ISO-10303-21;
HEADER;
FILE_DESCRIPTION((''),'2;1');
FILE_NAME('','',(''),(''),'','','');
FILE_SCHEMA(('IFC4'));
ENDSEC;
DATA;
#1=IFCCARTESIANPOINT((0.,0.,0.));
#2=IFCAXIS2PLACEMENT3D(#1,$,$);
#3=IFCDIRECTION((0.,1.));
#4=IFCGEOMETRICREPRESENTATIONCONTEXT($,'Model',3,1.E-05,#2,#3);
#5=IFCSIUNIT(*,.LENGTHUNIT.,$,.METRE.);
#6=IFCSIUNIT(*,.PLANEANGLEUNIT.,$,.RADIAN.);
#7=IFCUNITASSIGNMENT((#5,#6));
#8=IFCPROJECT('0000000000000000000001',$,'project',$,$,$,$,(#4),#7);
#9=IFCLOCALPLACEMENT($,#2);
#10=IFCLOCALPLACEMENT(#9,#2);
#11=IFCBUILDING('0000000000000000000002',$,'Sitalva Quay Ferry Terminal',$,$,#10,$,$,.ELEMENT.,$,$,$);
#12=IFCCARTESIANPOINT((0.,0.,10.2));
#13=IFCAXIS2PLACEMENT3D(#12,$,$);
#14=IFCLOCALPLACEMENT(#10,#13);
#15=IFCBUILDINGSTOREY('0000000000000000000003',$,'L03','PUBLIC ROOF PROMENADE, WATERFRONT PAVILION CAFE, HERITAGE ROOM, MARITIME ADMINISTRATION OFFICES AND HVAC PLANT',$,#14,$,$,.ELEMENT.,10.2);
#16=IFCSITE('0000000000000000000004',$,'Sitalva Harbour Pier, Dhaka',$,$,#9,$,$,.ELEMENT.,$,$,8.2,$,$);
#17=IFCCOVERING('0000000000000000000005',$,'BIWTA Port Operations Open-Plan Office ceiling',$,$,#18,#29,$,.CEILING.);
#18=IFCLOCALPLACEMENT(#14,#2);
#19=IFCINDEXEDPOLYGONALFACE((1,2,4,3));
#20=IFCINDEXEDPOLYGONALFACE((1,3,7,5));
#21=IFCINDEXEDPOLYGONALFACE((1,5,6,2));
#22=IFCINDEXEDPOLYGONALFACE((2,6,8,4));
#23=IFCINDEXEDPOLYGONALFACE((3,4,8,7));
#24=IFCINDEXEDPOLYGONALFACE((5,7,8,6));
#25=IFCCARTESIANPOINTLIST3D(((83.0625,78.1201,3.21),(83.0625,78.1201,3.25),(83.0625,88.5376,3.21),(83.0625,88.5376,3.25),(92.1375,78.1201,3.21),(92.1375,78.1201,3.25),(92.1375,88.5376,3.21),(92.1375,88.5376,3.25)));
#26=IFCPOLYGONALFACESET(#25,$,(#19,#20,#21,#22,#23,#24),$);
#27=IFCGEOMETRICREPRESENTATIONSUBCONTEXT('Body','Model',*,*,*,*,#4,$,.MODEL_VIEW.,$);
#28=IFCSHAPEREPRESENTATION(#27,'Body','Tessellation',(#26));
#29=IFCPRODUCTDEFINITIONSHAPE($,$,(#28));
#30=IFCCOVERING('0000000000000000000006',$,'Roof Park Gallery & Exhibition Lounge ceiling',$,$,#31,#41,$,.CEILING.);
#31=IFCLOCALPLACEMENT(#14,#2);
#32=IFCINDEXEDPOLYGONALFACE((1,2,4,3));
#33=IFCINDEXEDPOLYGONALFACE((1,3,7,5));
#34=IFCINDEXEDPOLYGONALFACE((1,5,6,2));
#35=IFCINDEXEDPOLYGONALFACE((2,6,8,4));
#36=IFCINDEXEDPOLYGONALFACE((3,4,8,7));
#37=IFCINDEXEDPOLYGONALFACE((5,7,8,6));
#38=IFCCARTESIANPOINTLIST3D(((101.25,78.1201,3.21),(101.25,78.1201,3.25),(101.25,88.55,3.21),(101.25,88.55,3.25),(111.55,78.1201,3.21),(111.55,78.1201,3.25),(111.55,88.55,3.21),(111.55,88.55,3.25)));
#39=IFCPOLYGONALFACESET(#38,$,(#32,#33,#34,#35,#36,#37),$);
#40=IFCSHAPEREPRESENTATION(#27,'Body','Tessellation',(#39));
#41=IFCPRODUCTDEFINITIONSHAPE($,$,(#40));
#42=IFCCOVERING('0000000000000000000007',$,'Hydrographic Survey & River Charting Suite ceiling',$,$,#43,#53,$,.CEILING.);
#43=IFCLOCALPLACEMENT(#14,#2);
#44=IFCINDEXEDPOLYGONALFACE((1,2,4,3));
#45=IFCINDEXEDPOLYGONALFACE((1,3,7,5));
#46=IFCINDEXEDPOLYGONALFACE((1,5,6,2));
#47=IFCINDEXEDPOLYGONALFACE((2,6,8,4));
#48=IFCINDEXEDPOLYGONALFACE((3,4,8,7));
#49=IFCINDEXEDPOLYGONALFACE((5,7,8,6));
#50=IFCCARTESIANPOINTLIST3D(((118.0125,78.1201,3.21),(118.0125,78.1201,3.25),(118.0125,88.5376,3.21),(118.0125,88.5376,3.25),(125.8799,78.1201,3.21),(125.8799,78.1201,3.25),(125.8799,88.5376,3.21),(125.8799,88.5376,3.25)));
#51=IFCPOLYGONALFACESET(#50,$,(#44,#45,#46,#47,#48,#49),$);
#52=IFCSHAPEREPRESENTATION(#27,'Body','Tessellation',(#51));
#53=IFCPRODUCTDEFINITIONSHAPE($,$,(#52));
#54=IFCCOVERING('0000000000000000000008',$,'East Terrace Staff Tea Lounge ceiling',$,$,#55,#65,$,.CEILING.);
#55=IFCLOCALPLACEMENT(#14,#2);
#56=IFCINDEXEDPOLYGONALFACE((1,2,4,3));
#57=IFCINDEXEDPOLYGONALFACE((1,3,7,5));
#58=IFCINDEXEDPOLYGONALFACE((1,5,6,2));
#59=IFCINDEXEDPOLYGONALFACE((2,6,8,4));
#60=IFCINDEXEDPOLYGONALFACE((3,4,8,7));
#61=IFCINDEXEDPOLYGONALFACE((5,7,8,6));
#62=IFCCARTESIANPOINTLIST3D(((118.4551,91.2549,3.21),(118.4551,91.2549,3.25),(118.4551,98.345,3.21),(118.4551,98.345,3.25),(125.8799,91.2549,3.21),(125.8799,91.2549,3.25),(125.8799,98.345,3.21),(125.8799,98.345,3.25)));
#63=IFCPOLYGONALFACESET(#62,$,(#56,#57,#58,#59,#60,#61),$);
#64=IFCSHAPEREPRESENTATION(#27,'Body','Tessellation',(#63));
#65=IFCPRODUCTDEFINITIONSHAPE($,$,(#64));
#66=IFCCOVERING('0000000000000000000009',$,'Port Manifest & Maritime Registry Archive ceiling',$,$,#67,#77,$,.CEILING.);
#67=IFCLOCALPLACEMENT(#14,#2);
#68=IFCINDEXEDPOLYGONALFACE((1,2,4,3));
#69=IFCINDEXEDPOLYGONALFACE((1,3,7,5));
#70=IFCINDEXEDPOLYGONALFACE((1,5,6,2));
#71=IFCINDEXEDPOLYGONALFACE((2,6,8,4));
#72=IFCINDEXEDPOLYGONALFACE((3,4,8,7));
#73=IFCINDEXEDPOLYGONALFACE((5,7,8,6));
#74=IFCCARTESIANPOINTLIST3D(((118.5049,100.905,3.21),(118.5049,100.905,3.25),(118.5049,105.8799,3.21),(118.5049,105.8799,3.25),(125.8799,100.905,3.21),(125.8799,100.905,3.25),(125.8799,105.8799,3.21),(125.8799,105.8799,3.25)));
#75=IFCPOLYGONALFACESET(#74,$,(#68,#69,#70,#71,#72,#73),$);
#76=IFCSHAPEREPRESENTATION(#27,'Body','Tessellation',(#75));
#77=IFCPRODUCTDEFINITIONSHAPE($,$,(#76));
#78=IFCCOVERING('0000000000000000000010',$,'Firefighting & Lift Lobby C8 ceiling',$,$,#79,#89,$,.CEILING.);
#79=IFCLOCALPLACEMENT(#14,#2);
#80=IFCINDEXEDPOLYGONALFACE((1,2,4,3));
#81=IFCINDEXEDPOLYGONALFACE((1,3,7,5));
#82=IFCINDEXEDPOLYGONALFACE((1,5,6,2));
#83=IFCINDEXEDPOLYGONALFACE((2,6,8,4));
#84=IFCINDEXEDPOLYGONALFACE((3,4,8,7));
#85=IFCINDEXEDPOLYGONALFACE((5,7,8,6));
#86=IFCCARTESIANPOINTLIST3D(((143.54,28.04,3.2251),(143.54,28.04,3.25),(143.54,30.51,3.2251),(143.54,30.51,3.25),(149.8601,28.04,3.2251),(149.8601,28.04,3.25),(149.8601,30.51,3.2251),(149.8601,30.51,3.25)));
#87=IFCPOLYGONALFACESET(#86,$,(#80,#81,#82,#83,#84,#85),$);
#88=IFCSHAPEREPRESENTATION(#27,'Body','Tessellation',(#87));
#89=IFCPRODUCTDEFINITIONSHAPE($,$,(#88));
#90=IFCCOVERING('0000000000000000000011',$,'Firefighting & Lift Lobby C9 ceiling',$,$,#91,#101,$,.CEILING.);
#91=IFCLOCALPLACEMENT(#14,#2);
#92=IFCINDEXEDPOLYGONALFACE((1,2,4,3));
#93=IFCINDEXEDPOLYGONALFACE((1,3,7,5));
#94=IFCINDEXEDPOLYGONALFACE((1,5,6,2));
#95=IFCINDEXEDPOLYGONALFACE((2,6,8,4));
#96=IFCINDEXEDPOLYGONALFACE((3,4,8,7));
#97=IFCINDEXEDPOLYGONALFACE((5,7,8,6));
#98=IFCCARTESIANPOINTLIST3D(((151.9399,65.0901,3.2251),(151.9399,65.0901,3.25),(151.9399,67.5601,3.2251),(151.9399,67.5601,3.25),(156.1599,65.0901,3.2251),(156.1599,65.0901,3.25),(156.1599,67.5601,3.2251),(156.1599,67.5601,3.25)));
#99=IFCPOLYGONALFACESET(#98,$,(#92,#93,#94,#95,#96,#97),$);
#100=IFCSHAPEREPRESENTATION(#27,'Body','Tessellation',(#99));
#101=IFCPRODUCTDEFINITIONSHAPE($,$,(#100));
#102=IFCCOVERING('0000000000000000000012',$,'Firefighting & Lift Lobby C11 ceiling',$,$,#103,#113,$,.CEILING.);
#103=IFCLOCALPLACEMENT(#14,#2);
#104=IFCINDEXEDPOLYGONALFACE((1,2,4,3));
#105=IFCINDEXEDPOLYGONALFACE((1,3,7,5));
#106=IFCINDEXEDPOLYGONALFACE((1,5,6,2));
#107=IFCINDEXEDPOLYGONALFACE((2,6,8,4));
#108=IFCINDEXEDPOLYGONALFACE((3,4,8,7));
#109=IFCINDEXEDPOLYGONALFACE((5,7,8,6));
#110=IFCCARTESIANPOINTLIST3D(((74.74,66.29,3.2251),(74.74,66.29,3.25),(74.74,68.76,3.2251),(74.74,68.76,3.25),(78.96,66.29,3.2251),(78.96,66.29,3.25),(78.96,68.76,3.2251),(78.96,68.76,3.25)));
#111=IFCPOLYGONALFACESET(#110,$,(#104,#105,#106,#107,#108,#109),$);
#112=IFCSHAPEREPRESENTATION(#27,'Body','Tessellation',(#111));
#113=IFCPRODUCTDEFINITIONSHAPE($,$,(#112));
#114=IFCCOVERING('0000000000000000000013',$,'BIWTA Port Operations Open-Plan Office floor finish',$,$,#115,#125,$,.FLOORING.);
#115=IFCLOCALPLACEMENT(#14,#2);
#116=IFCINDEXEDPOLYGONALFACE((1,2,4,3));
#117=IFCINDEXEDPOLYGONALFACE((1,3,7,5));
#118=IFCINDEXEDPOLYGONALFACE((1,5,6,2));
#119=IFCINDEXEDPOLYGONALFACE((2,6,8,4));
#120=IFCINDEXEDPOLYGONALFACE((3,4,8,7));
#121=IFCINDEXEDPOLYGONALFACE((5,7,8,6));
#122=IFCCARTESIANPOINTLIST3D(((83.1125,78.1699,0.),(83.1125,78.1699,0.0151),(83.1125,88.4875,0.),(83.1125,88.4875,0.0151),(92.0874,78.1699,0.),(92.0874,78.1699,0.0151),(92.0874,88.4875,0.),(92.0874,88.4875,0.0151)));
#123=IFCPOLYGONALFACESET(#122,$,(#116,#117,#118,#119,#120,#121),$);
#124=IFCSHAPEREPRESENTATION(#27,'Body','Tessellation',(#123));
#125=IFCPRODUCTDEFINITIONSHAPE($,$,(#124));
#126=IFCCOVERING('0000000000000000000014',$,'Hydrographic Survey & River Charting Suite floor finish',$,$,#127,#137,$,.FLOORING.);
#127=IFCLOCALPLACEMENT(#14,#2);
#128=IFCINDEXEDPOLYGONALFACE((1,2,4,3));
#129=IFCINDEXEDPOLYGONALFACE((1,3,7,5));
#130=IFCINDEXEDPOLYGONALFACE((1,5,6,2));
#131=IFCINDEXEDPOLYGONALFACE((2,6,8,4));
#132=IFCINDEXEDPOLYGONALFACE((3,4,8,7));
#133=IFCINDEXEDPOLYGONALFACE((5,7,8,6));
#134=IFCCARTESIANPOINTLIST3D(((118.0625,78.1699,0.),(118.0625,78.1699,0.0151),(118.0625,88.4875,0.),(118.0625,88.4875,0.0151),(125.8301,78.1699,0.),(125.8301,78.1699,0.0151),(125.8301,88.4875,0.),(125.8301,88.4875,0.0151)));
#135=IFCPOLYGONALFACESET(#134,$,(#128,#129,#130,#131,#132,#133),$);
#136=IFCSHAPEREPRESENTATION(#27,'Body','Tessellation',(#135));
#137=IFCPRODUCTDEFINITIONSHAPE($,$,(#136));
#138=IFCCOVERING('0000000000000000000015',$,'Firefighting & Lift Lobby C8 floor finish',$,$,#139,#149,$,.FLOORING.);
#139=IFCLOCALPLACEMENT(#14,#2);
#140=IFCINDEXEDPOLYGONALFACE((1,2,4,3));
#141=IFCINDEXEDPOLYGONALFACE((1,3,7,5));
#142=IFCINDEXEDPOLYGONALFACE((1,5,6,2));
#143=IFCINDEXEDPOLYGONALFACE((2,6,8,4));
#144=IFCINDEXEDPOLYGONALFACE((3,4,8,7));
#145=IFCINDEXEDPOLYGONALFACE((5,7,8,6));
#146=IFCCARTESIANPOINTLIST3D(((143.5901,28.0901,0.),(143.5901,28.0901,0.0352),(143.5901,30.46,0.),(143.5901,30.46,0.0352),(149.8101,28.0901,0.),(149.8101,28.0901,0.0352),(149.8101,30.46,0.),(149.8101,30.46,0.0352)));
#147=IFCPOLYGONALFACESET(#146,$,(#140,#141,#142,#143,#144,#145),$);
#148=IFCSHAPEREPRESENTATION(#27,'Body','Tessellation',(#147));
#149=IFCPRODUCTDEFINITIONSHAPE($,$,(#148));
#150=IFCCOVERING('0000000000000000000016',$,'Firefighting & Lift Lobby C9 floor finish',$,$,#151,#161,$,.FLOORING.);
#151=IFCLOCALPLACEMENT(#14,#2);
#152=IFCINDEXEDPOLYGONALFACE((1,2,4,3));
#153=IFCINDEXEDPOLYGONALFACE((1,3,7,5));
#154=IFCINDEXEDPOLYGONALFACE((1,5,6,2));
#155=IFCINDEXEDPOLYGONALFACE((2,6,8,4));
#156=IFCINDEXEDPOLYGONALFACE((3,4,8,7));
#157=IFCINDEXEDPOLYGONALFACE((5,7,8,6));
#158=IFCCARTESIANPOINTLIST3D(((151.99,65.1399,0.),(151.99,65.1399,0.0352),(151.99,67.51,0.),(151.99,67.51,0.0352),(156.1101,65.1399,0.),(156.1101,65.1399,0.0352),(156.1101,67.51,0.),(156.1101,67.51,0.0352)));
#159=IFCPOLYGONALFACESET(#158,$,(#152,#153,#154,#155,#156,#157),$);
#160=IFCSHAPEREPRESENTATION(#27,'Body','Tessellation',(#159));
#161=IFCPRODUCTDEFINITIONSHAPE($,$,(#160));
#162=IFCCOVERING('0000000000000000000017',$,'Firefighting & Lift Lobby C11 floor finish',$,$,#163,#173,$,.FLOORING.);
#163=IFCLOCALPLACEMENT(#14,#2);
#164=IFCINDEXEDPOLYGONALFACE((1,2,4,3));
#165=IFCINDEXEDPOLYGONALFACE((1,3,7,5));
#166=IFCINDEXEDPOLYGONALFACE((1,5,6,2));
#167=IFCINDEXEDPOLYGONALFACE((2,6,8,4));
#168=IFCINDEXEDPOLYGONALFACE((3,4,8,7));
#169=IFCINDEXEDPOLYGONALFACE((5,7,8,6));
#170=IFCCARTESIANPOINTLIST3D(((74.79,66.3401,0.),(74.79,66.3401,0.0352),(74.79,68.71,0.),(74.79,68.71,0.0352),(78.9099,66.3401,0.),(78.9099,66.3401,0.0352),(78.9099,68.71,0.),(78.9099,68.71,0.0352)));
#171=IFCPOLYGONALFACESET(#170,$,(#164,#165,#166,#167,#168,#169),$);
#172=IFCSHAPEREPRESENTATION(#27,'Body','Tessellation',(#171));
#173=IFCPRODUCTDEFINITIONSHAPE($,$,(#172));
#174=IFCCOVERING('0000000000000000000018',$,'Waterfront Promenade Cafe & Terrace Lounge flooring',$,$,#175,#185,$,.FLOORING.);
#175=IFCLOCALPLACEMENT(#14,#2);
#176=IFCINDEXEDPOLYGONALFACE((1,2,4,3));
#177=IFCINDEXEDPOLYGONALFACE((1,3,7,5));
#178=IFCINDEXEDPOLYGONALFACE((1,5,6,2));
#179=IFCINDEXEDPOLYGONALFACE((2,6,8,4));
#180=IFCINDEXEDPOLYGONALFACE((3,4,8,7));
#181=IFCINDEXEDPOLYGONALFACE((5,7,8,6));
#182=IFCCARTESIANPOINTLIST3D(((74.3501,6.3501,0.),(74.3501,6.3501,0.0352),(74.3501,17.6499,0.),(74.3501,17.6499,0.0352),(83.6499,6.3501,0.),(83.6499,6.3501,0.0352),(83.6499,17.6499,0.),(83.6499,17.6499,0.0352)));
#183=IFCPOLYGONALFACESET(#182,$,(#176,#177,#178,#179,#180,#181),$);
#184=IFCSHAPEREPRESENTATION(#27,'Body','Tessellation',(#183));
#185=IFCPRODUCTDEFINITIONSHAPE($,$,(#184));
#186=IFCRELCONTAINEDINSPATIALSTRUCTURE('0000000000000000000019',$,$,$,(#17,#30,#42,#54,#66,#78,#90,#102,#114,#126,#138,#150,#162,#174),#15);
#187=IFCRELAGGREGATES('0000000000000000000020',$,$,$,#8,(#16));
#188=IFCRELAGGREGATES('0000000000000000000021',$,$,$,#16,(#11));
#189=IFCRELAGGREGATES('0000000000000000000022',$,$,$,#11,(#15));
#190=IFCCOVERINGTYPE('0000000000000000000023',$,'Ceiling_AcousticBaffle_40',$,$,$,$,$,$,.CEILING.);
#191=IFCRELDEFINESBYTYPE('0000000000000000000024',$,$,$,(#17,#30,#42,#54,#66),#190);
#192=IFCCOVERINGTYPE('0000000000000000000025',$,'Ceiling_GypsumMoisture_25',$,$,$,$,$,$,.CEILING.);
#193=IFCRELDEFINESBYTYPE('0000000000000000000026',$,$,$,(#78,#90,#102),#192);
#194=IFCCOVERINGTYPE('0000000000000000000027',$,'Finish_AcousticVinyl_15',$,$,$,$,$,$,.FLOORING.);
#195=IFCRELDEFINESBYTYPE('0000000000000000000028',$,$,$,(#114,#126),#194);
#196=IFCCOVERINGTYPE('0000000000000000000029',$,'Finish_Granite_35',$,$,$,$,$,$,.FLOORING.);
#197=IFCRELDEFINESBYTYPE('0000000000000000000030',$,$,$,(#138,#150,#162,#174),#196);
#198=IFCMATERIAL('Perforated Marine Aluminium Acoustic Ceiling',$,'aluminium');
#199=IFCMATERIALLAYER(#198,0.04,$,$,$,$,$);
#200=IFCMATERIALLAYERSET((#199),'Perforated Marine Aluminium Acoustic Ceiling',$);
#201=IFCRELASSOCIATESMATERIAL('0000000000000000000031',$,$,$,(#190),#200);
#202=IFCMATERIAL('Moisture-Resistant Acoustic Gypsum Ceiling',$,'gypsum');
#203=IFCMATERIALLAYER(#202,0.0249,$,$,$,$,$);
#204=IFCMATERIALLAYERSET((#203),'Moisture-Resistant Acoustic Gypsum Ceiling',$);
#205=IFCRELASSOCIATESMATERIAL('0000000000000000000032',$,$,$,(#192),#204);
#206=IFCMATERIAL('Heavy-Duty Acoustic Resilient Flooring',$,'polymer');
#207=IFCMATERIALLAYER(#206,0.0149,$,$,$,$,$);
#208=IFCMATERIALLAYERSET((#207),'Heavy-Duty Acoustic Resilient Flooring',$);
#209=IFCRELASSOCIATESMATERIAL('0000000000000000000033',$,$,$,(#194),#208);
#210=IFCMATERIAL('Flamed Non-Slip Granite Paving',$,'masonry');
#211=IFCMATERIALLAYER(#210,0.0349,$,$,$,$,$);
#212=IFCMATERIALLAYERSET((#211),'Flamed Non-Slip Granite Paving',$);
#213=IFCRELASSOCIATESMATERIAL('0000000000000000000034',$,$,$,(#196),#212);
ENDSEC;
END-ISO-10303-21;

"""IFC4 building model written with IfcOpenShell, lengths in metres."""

from ifc_helpers import new_model, si_unit, direction, frame, origin, place, context, subcontext, project, spatial, polyline, outline, extrude, material, layer, layer_set, type_object, element, save


model = new_model("IFC4")

# Units and contexts
model_context = context("Model", 3, precision=1e-05, world=origin(), true_north=direction((0.0, 1.0)))
body_context = subcontext(model_context, "Body", "Model", "MODEL_VIEW")
ifc_project = project(units=[si_unit("LENGTHUNIT", "METRE"), si_unit("PLANEANGLEUNIT", "RADIAN")], contexts=[model_context])

# Site, building, storey
site_placement = place(None, origin())
site = spatial("IfcSite", under=ifc_project, at=site_placement, Name="Sitalva Harbour Pier, Dhaka", CompositionType="ELEMENT", RefElevation=8.2)
building_placement = place(site_placement, origin())
building = spatial("IfcBuilding", under=site, at=building_placement, Name="Sitalva Quay Ferry Terminal", CompositionType="ELEMENT")
storey_placement = place(building_placement, frame((0.0, 0.0, 10.2)))
storey = spatial("IfcBuildingStorey", under=building, at=storey_placement, Name="L03", Description="PUBLIC ROOF PROMENADE, WATERFRONT PAVILION CAFE, HERITAGE ROOM, MARITIME ADMINISTRATION OFFICES AND HVAC PLANT", CompositionType="ELEMENT", Elevation=10.2)

# Coverings
ifc_material_1 = material(Name="Perforated Marine Aluminium Acoustic Ceiling", Category="aluminium")
ifc_layer_1 = layer(ifc_material_1, 0.04)
ifc_layer_set_1 = layer_set([ifc_layer_1], Name="Perforated Marine Aluminium Acoustic Ceiling")
covering_type_1 = type_object("IfcCoveringType", Name="Ceiling_AcousticBaffle_40", PredefinedType="CEILING", material=ifc_layer_set_1)
covering_1_placement = place(storey_placement, frame((0.0, 0.0, 3.21)))
element("IfcCovering", 1, at=covering_1_placement, inside=storey, type_object=covering_type_1, Name="BIWTA Port Operations Open-Plan Office ceiling", PredefinedType="CEILING", context=body_context, shape_type="SweptSolid", body=[
    extrude(outline(polyline([(83.0625, 78.1201), (92.1375, 78.1201), (92.1375, 88.5376), (83.0625, 88.5376), (83.0625, 78.1201)])), origin(), (0.0, 0.0, 1.0), 0.04),
])
covering_2_placement = place(storey_placement, frame((0.0, 0.0, 3.21)))
element("IfcCovering", 2, at=covering_2_placement, inside=storey, type_object=covering_type_1, Name="Roof Park Gallery & Exhibition Lounge ceiling", PredefinedType="CEILING", context=body_context, shape_type="SweptSolid", body=[
    extrude(outline(polyline([(101.25, 78.1201), (111.55, 78.1201), (111.55, 88.55), (101.25, 88.55), (101.25, 78.1201)])), origin(), (0.0, 0.0, 1.0), 0.04),
])
covering_3_placement = place(storey_placement, frame((0.0, 0.0, 3.21)))
element("IfcCovering", 3, at=covering_3_placement, inside=storey, type_object=covering_type_1, Name="Hydrographic Survey & River Charting Suite ceiling", PredefinedType="CEILING", context=body_context, shape_type="SweptSolid", body=[
    extrude(outline(polyline([(118.0125, 78.1201), (125.8799, 78.1201), (125.8799, 88.5376), (118.0125, 88.5376), (118.0125, 78.1201)])), origin(), (0.0, 0.0, 1.0), 0.04),
])
covering_4_placement = place(storey_placement, frame((0.0, 0.0, 3.21)))
element("IfcCovering", 4, at=covering_4_placement, inside=storey, type_object=covering_type_1, Name="East Terrace Staff Tea Lounge ceiling", PredefinedType="CEILING", context=body_context, shape_type="SweptSolid", body=[
    extrude(outline(polyline([(118.4551, 91.2549), (125.8799, 91.2549), (125.8799, 98.345), (118.4551, 98.345), (118.4551, 91.2549)])), origin(), (0.0, 0.0, 1.0), 0.04),
])
covering_5_placement = place(storey_placement, frame((0.0, 0.0, 3.21)))
element("IfcCovering", 5, at=covering_5_placement, inside=storey, type_object=covering_type_1, Name="Port Manifest & Maritime Registry Archive ceiling", PredefinedType="CEILING", context=body_context, shape_type="SweptSolid", body=[
    extrude(outline(polyline([(118.5049, 100.905), (125.8799, 100.905), (125.8799, 105.8799), (118.5049, 105.8799), (118.5049, 100.905)])), origin(), (0.0, 0.0, 1.0), 0.04),
])
ifc_material_2 = material(Name="Moisture-Resistant Acoustic Gypsum Ceiling", Category="gypsum")
ifc_layer_2 = layer(ifc_material_2, 0.0249)
ifc_layer_set_2 = layer_set([ifc_layer_2], Name="Moisture-Resistant Acoustic Gypsum Ceiling")
covering_type_2 = type_object("IfcCoveringType", Name="Ceiling_GypsumMoisture_25", PredefinedType="CEILING", material=ifc_layer_set_2)
covering_6_placement = place(storey_placement, frame((0.0, 0.0, 3.2251)))
element("IfcCovering", 6, at=covering_6_placement, inside=storey, type_object=covering_type_2, Name="Firefighting & Lift Lobby C8 ceiling", PredefinedType="CEILING", context=body_context, shape_type="SweptSolid", body=[
    extrude(outline(polyline([(143.54, 28.04), (149.8601, 28.04), (149.8601, 30.51), (143.54, 30.51), (143.54, 28.04)])), origin(), (0.0, 0.0, 1.0), 0.0249),
])
covering_7_placement = place(storey_placement, frame((0.0, 0.0, 3.2251)))
element("IfcCovering", 7, at=covering_7_placement, inside=storey, type_object=covering_type_2, Name="Firefighting & Lift Lobby C9 ceiling", PredefinedType="CEILING", context=body_context, shape_type="SweptSolid", body=[
    extrude(outline(polyline([(151.9399, 65.0901), (156.1599, 65.0901), (156.1599, 67.5601), (151.9399, 67.5601), (151.9399, 65.0901)])), origin(), (0.0, 0.0, 1.0), 0.0249),
])
covering_8_placement = place(storey_placement, frame((0.0, 0.0, 3.2251)))
element("IfcCovering", 8, at=covering_8_placement, inside=storey, type_object=covering_type_2, Name="Firefighting & Lift Lobby C11 ceiling", PredefinedType="CEILING", context=body_context, shape_type="SweptSolid", body=[
    extrude(outline(polyline([(74.74, 66.29), (78.96, 66.29), (78.96, 68.76), (74.74, 68.76), (74.74, 66.29)])), origin(), (0.0, 0.0, 1.0), 0.0249),
])
ifc_material_3 = material(Name="Heavy-Duty Acoustic Resilient Flooring", Category="polymer")
ifc_layer_3 = layer(ifc_material_3, 0.0149)
ifc_layer_set_3 = layer_set([ifc_layer_3], Name="Heavy-Duty Acoustic Resilient Flooring")
covering_type_3 = type_object("IfcCoveringType", Name="Finish_AcousticVinyl_15", PredefinedType="FLOORING", material=ifc_layer_set_3)
covering_9_placement = place(storey_placement, origin())
element("IfcCovering", 9, at=covering_9_placement, inside=storey, type_object=covering_type_3, Name="BIWTA Port Operations Open-Plan Office floor finish", PredefinedType="FLOORING", context=body_context, shape_type="SweptSolid", body=[
    extrude(outline(polyline([(83.1125, 78.1699), (92.0874, 78.1699), (92.0874, 88.4875), (83.1125, 88.4875), (83.1125, 78.1699)])), origin(), (0.0, 0.0, 1.0), 0.0151),
])
covering_10_placement = place(storey_placement, origin())
element("IfcCovering", 10, at=covering_10_placement, inside=storey, type_object=covering_type_3, Name="Hydrographic Survey & River Charting Suite floor finish", PredefinedType="FLOORING", context=body_context, shape_type="SweptSolid", body=[
    extrude(outline(polyline([(118.0625, 78.1699), (125.8301, 78.1699), (125.8301, 88.4875), (118.0625, 88.4875), (118.0625, 78.1699)])), origin(), (0.0, 0.0, 1.0), 0.0151),
])
ifc_material_4 = material(Name="Flamed Non-Slip Granite Paving", Category="masonry")
ifc_layer_4 = layer(ifc_material_4, 0.0349)
ifc_layer_set_4 = layer_set([ifc_layer_4], Name="Flamed Non-Slip Granite Paving")
covering_type_4 = type_object("IfcCoveringType", Name="Finish_Granite_35", PredefinedType="FLOORING", material=ifc_layer_set_4)
covering_11_placement = place(storey_placement, origin())
element("IfcCovering", 11, at=covering_11_placement, inside=storey, type_object=covering_type_4, Name="Firefighting & Lift Lobby C8 floor finish", PredefinedType="FLOORING", context=body_context, shape_type="SweptSolid", body=[
    extrude(outline(polyline([(143.5901, 28.0901), (149.8101, 28.0901), (149.8101, 30.46), (143.5901, 30.46), (143.5901, 28.0901)])), origin(), (0.0, 0.0, 1.0), 0.0352),
])
covering_12_placement = place(storey_placement, origin())
element("IfcCovering", 12, at=covering_12_placement, inside=storey, type_object=covering_type_4, Name="Firefighting & Lift Lobby C9 floor finish", PredefinedType="FLOORING", context=body_context, shape_type="SweptSolid", body=[
    extrude(outline(polyline([(151.99, 65.1399), (156.1101, 65.1399), (156.1101, 67.51), (151.99, 67.51), (151.99, 65.1399)])), origin(), (0.0, 0.0, 1.0), 0.0352),
])
covering_13_placement = place(storey_placement, origin())
element("IfcCovering", 13, at=covering_13_placement, inside=storey, type_object=covering_type_4, Name="Firefighting & Lift Lobby C11 floor finish", PredefinedType="FLOORING", context=body_context, shape_type="SweptSolid", body=[
    extrude(outline(polyline([(74.79, 66.3401), (78.9099, 66.3401), (78.9099, 68.71), (74.79, 68.71), (74.79, 66.3401)])), origin(), (0.0, 0.0, 1.0), 0.0352),
])
covering_14_placement = place(storey_placement, origin())
element("IfcCovering", 14, at=covering_14_placement, inside=storey, type_object=covering_type_4, Name="Waterfront Promenade Cafe & Terrace Lounge flooring", PredefinedType="FLOORING", context=body_context, shape_type="SweptSolid", body=[
    extrude(outline(polyline([(74.3501, 6.3501), (83.6499, 6.3501), (83.6499, 17.6499), (74.3501, 17.6499), (74.3501, 6.3501)])), origin(), (0.0, 0.0, 1.0), 0.0352),
])

save(model, "model.ifc")
